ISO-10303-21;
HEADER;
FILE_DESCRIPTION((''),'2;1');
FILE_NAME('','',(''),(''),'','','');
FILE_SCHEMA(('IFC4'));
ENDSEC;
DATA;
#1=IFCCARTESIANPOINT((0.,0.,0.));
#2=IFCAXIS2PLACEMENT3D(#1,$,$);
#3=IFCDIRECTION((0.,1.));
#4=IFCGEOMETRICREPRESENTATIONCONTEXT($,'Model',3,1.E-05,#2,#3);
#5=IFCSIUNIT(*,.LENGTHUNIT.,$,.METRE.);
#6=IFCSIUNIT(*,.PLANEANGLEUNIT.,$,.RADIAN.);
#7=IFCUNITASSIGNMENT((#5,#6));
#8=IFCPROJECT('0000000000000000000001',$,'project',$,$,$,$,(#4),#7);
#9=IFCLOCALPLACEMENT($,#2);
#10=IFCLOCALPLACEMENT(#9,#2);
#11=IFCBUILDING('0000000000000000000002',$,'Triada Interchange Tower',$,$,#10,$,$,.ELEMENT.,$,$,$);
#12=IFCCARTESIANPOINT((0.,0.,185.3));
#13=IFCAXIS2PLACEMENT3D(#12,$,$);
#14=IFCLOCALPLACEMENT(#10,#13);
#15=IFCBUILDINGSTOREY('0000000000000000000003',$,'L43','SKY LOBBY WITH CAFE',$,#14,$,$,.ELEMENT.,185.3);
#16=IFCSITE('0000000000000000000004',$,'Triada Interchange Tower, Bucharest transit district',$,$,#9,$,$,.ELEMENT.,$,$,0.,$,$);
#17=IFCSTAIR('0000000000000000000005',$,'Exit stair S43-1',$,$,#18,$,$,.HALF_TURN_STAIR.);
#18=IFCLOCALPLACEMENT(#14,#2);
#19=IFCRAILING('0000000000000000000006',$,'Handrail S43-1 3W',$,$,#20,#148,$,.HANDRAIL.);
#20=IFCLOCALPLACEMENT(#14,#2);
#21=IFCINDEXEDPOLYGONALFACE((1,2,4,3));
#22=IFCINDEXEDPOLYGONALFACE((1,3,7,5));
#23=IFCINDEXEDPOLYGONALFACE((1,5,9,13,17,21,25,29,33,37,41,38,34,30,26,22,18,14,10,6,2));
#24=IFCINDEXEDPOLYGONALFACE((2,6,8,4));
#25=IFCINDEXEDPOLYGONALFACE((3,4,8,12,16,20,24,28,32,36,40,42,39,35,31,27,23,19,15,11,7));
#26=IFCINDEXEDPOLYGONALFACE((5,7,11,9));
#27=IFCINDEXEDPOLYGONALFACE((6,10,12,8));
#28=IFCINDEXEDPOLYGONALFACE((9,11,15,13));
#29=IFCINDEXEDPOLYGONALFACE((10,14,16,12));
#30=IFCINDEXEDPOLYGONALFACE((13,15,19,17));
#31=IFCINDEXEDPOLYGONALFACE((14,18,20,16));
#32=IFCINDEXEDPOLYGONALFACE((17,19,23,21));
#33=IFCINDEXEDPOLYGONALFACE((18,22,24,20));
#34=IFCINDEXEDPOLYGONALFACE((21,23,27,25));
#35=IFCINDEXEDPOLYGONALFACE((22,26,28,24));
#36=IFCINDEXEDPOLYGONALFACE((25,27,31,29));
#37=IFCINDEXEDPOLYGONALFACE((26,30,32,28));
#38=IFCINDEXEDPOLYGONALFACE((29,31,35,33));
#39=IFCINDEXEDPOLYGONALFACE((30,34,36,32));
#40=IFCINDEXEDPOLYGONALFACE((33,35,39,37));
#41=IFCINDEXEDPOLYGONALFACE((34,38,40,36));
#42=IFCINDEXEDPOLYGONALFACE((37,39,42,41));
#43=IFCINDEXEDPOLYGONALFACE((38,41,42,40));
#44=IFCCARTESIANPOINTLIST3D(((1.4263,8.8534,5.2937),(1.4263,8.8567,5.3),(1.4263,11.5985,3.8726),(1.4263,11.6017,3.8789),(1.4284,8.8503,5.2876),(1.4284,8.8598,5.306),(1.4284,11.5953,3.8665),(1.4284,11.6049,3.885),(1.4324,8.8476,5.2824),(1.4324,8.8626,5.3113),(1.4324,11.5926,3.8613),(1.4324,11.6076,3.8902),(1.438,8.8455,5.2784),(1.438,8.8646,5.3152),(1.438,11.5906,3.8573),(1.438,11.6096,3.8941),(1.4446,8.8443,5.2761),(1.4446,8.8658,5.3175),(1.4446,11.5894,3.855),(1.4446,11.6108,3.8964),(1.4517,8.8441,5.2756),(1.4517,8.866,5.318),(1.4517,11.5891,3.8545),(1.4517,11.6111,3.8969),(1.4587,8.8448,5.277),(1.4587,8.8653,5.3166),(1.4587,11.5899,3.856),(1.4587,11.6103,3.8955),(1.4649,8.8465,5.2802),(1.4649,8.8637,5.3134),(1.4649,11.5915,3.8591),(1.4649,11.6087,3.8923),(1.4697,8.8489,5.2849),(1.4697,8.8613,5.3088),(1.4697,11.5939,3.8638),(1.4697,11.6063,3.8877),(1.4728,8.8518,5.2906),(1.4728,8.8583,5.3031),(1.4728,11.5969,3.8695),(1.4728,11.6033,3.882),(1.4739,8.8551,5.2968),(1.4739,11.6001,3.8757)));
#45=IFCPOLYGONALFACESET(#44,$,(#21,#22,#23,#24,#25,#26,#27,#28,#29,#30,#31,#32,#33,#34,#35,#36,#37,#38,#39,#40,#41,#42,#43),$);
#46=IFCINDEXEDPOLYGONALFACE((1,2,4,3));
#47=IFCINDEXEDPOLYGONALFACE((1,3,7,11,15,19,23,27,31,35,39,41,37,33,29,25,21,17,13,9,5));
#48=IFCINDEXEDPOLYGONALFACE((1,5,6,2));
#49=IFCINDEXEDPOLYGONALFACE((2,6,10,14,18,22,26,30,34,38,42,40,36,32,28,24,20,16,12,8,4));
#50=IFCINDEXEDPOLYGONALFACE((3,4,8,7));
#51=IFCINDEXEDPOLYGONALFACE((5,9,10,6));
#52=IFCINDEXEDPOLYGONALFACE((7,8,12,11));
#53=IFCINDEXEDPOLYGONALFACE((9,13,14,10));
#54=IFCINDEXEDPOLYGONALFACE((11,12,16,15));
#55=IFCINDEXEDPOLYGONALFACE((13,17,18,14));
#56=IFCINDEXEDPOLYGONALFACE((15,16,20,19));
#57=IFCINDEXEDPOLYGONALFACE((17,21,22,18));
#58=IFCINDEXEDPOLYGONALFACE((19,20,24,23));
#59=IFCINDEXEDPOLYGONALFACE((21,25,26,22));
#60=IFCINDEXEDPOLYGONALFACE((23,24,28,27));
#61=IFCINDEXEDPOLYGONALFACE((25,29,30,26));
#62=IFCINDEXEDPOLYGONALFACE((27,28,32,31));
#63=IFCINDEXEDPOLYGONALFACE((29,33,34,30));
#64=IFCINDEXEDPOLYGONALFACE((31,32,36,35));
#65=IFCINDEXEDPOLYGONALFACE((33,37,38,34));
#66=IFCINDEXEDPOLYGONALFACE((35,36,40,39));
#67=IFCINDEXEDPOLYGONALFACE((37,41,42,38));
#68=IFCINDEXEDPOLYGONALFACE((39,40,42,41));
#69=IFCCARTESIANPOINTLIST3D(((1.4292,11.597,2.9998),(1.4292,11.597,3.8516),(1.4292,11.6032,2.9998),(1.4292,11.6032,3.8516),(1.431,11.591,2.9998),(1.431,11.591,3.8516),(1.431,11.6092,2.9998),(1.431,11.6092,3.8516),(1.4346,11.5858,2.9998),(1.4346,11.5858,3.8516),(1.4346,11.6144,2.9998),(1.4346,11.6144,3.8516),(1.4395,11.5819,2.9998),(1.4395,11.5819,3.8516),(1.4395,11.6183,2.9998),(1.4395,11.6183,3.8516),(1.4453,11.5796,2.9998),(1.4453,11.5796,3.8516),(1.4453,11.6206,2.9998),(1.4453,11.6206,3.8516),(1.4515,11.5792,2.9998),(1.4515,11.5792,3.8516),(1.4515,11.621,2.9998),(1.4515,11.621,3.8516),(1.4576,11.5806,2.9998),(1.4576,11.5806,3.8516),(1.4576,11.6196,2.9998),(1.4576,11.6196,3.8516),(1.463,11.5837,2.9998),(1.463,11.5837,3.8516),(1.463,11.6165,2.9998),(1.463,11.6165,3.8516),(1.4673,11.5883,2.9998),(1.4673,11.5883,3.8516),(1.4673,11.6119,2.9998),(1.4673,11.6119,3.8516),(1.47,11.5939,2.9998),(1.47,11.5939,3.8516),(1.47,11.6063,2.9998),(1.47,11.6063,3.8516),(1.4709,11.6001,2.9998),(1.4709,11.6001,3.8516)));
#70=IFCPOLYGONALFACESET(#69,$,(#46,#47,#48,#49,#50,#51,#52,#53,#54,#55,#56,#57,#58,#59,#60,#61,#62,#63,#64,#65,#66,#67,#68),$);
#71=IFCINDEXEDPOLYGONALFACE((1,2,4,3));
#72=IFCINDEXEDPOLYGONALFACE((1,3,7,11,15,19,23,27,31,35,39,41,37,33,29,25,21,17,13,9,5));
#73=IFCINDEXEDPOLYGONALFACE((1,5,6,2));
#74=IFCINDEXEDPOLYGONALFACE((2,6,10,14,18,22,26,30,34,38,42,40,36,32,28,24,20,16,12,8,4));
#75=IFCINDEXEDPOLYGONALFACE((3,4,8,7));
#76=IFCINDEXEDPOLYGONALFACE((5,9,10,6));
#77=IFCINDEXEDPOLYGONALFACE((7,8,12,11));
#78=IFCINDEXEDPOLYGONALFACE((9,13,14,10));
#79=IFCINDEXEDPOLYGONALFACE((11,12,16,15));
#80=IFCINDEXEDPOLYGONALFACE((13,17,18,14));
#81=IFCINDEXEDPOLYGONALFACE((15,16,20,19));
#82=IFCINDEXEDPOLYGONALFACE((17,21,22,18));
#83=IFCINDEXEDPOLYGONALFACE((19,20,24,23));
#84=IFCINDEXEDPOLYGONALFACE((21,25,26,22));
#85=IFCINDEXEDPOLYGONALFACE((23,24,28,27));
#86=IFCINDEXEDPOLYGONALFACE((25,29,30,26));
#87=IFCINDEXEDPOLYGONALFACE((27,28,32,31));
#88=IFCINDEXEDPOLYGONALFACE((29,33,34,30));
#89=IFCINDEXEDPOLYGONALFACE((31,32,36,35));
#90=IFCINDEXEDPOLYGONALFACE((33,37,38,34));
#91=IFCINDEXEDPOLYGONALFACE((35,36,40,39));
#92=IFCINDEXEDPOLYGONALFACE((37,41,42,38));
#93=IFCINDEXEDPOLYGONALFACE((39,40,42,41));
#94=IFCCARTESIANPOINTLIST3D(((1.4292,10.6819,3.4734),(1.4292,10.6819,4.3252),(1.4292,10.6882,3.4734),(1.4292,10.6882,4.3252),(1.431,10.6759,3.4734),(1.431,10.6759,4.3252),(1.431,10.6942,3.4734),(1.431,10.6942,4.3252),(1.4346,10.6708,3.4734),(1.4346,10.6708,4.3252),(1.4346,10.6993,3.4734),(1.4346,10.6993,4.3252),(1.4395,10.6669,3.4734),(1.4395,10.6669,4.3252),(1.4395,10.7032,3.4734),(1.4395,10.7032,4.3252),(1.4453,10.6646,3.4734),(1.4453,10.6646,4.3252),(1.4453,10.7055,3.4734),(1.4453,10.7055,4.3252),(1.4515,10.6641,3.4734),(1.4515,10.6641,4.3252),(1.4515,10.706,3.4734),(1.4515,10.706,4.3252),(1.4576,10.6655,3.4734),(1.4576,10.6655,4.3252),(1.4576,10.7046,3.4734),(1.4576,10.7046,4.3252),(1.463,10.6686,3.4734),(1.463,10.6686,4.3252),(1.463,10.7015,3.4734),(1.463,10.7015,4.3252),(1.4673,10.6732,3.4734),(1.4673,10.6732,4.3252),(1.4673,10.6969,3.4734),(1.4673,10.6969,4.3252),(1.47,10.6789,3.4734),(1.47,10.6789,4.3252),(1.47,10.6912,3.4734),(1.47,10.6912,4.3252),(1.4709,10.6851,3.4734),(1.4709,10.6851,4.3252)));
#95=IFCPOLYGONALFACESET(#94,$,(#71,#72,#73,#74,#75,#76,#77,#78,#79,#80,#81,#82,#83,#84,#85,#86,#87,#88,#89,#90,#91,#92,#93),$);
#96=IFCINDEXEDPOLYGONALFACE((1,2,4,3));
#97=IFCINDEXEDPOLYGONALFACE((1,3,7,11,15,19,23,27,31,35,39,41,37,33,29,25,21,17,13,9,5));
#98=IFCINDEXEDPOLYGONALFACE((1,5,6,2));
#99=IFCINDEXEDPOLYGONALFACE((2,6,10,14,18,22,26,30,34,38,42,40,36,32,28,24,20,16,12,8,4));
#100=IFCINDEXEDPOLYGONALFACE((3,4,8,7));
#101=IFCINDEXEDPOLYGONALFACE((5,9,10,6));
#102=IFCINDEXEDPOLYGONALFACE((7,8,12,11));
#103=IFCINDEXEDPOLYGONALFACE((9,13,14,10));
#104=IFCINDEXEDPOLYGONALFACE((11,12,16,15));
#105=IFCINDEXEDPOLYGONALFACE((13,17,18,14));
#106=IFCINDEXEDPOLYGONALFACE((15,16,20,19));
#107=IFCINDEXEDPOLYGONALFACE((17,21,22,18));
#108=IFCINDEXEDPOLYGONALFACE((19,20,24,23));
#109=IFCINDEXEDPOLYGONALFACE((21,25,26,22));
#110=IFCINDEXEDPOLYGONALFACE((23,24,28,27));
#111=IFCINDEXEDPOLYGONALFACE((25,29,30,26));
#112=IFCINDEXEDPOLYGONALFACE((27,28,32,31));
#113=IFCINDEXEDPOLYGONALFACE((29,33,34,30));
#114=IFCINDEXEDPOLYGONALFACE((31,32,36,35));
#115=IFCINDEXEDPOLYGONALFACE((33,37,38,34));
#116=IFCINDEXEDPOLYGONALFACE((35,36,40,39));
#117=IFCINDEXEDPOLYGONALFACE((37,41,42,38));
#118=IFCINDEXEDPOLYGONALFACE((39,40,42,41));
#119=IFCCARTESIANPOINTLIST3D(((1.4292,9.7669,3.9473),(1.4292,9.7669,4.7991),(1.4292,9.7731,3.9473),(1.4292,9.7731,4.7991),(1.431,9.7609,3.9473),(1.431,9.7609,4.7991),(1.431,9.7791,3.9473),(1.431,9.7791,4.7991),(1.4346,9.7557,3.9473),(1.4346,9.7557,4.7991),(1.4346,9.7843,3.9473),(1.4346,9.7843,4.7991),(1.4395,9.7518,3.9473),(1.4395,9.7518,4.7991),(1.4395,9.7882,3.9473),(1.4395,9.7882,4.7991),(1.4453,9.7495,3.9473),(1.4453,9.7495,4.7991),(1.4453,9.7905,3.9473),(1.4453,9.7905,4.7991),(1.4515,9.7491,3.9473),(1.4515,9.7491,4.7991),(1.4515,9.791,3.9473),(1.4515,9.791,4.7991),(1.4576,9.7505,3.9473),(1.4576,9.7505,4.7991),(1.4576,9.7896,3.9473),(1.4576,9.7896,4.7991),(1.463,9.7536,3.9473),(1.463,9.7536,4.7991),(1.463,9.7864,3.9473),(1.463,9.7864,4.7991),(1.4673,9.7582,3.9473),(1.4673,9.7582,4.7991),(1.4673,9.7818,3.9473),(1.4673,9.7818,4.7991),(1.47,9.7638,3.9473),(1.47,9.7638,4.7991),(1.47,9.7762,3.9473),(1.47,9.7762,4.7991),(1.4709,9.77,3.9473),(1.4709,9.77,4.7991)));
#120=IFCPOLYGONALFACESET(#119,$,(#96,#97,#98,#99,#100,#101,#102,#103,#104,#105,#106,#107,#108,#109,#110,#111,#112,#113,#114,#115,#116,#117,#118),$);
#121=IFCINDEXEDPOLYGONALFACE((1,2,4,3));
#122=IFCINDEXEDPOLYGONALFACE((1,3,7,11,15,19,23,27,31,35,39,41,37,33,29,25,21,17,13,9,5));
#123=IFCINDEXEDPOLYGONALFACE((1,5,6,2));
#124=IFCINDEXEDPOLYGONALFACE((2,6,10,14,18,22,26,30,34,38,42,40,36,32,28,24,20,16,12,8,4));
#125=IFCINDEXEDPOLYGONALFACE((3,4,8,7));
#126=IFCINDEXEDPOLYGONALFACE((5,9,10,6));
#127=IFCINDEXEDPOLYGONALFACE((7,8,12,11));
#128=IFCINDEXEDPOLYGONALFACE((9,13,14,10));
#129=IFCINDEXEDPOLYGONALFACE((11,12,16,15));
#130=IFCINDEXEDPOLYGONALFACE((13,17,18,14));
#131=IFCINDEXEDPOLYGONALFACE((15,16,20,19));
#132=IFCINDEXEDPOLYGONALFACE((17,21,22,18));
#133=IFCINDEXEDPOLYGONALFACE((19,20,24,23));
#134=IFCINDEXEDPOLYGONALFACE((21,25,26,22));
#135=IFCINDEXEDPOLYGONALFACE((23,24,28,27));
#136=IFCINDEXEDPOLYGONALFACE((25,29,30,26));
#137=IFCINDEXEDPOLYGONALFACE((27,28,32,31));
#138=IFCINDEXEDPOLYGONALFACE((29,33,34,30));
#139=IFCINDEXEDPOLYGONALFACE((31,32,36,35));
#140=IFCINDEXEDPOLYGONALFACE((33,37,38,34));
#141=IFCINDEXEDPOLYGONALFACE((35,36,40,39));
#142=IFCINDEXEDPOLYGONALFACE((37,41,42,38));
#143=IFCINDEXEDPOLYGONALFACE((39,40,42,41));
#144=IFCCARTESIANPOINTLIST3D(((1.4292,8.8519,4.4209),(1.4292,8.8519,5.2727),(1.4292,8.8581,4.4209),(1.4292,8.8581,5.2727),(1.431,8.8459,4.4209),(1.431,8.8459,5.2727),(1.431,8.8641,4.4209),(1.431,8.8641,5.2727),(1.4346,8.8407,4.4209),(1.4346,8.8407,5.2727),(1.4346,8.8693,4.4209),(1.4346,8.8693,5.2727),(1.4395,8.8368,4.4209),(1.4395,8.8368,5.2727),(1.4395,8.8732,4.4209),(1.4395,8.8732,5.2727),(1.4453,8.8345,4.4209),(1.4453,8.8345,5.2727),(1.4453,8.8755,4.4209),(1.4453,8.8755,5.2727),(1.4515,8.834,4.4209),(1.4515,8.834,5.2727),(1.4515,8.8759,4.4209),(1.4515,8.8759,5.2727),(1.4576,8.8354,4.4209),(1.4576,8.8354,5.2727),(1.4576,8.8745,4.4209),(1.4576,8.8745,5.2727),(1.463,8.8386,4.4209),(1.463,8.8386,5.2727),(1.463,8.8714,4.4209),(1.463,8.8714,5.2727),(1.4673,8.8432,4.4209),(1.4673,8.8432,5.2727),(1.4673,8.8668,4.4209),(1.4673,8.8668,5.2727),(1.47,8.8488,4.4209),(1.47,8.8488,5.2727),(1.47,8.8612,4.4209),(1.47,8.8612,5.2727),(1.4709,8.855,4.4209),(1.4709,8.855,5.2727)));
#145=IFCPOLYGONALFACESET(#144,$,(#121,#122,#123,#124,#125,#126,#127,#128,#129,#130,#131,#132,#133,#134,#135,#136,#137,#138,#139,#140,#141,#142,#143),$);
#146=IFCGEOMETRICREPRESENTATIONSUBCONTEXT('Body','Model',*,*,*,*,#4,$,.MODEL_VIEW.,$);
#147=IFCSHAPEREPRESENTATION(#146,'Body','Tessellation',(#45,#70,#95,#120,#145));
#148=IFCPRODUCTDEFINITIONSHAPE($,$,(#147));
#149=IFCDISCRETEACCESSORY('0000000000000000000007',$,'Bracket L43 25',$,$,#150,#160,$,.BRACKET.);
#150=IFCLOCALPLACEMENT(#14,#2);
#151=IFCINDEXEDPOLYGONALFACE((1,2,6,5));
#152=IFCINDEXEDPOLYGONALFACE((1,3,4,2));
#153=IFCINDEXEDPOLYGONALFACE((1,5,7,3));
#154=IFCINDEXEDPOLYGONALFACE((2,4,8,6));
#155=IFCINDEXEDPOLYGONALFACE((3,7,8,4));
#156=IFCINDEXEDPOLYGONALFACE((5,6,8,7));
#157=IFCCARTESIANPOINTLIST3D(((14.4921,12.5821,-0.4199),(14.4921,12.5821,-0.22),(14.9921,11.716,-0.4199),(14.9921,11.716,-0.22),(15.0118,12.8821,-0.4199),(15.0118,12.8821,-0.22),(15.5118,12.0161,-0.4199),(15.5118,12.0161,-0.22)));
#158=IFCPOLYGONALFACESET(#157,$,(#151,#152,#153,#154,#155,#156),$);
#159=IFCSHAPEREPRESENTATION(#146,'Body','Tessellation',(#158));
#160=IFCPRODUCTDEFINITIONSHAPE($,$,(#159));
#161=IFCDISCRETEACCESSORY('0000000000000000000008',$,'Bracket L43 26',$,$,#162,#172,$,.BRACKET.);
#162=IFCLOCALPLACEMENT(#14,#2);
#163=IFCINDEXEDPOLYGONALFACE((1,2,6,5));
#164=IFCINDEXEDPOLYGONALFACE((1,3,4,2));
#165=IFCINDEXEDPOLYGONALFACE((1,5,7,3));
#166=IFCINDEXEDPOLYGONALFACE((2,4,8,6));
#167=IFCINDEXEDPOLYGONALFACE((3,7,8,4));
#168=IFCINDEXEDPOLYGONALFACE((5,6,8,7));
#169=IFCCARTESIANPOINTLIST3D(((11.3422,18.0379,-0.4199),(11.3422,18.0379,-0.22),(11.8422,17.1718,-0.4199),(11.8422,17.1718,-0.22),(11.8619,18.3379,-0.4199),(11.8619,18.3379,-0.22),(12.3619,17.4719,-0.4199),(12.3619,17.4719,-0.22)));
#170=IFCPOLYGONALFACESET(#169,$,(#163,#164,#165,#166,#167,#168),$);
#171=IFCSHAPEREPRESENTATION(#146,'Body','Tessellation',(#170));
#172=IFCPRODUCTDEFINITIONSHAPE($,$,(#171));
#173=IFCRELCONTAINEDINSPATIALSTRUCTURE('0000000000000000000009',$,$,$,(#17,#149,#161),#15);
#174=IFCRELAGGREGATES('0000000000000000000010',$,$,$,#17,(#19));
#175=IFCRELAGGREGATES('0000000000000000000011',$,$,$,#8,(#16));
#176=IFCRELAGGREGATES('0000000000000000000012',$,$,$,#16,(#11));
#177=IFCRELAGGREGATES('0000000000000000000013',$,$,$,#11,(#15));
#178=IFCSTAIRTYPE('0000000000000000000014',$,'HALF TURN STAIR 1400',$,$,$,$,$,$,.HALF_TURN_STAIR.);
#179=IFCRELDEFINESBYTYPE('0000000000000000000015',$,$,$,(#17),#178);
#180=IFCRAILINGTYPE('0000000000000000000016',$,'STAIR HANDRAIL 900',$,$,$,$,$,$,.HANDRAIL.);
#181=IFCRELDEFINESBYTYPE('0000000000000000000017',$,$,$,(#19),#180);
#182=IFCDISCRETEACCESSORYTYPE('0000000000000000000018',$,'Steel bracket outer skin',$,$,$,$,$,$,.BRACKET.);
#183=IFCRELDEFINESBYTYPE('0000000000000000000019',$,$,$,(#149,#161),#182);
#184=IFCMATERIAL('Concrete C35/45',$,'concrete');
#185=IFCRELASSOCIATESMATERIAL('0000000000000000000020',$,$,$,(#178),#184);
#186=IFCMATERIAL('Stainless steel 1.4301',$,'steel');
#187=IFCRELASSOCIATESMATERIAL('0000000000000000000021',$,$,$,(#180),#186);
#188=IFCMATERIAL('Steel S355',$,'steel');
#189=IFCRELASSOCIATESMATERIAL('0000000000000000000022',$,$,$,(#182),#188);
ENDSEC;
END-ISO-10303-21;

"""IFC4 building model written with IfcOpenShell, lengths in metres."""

from ifc_helpers import new_model, si_unit, direction, frame, origin, origin_2d, place, context, subcontext, project, spatial, rectangle, circle, extrude, material, type_object, element, aggregate, save


model = new_model("IFC4")

# Units and contexts
model_context = context("Model", 3, precision=1e-05, world=origin(), true_north=direction((0.0, 1.0)))
body_context = subcontext(model_context, "Body", "Model", "MODEL_VIEW")
ifc_project = project(units=[si_unit("LENGTHUNIT", "METRE"), si_unit("PLANEANGLEUNIT", "RADIAN")], contexts=[model_context])

# Site, building, storey
site_placement = place(None, origin())
site = spatial("IfcSite", under=ifc_project, at=site_placement, Name="Triada Interchange Tower, Bucharest transit district", CompositionType="ELEMENT", RefElevation=0.0)
building_placement = place(site_placement, origin())
building = spatial("IfcBuilding", under=site, at=building_placement, Name="Triada Interchange Tower", CompositionType="ELEMENT")
storey_placement = place(building_placement, frame((0.0, 0.0, 185.3)))
storey = spatial("IfcBuildingStorey", under=building, at=storey_placement, Name="L43", Description="SKY LOBBY WITH CAFE", CompositionType="ELEMENT", Elevation=185.3)

# Shared definitions
ifc_material_1 = material(Name="Concrete C35/45", Category="concrete")

# Stair, railing
stair_type = type_object("IfcStairType", Name="HALF TURN STAIR 1400", PredefinedType="HALF_TURN_STAIR", material=ifc_material_1)
stair_placement = place(storey_placement, origin())
stair = element("IfcStair", 1, at=stair_placement, inside=storey, type_object=stair_type, Name="Exit stair S43-1", PredefinedType="HALF_TURN_STAIR")
ifc_material_2 = material(Name="Stainless steel 1.4301", Category="steel")
railing_type_1 = type_object("IfcRailingType", Name="STAIR HANDRAIL 900", PredefinedType="HANDRAIL", material=ifc_material_2)
railing_1_placement = place(storey_placement, frame((1.45, 11.6001, 2.9998)))
railing_1 = element("IfcRailing", 2, at=railing_1_placement, type_object=railing_type_1, Name="Handrail S43-1 3W", PredefinedType="HANDRAIL", context=body_context, shape_type="SweptSolid", body=[
    extrude(circle(Radius=0.0239, at=origin_2d()), frame((0.0, 0.0, 0.876), z_axis=(0.0, -0.888052, 0.459743), x_axis=(1.0, 0.0, 0.0)), (0.0, 0.0, 1.0), 3.0911),
    extrude(circle(Radius=0.021, at=origin_2d()), origin(), (0.0, 0.0, 1.0), 0.8518),
    extrude(circle(Radius=0.021, at=origin_2d()), frame((0.0, -0.915, 0.4736)), (0.0, 0.0, 1.0), 0.8518),
    extrude(circle(Radius=0.021, at=origin_2d()), frame((0.0, -1.8301, 0.9475)), (0.0, 0.0, 1.0), 0.8518),
    extrude(circle(Radius=0.021, at=origin_2d()), frame((0.0, -2.7451, 1.4211)), (0.0, 0.0, 1.0), 0.8518),
])
aggregate(stair, [railing_1])

# Discrete accessories
ifc_material_3 = material(Name="Steel S355", Category="steel")
discrete_accessory_type = type_object("IfcDiscreteAccessoryType", Name="Steel bracket outer skin", PredefinedType="BRACKET", material=ifc_material_3)
for number, where, z_axis, x_axis, name in (
    (3, (15.002, 12.2991, -0.4199), (0.0, 0.0, 1.0), (0.866022, 0.500006, 0.0), "Bracket L43 25"),
    (4, (11.8521, 17.7549, -0.4199), (0.0, 0.0, 1.0), (0.866022, 0.500006, 0.0), "Bracket L43 26"),
):
    element("IfcDiscreteAccessory", number, at=place(storey_placement, frame(where, z_axis=z_axis, x_axis=x_axis)), inside=storey, type_object=discrete_accessory_type, Name=name, PredefinedType="BRACKET", context=body_context, shape_type="SweptSolid", body=[
        extrude(rectangle(XDim=0.6001, YDim=1.0, at=origin_2d()), origin(), (0.0, 0.0, 1.0), 0.2),
    ])

save(model, "model.ifc")
